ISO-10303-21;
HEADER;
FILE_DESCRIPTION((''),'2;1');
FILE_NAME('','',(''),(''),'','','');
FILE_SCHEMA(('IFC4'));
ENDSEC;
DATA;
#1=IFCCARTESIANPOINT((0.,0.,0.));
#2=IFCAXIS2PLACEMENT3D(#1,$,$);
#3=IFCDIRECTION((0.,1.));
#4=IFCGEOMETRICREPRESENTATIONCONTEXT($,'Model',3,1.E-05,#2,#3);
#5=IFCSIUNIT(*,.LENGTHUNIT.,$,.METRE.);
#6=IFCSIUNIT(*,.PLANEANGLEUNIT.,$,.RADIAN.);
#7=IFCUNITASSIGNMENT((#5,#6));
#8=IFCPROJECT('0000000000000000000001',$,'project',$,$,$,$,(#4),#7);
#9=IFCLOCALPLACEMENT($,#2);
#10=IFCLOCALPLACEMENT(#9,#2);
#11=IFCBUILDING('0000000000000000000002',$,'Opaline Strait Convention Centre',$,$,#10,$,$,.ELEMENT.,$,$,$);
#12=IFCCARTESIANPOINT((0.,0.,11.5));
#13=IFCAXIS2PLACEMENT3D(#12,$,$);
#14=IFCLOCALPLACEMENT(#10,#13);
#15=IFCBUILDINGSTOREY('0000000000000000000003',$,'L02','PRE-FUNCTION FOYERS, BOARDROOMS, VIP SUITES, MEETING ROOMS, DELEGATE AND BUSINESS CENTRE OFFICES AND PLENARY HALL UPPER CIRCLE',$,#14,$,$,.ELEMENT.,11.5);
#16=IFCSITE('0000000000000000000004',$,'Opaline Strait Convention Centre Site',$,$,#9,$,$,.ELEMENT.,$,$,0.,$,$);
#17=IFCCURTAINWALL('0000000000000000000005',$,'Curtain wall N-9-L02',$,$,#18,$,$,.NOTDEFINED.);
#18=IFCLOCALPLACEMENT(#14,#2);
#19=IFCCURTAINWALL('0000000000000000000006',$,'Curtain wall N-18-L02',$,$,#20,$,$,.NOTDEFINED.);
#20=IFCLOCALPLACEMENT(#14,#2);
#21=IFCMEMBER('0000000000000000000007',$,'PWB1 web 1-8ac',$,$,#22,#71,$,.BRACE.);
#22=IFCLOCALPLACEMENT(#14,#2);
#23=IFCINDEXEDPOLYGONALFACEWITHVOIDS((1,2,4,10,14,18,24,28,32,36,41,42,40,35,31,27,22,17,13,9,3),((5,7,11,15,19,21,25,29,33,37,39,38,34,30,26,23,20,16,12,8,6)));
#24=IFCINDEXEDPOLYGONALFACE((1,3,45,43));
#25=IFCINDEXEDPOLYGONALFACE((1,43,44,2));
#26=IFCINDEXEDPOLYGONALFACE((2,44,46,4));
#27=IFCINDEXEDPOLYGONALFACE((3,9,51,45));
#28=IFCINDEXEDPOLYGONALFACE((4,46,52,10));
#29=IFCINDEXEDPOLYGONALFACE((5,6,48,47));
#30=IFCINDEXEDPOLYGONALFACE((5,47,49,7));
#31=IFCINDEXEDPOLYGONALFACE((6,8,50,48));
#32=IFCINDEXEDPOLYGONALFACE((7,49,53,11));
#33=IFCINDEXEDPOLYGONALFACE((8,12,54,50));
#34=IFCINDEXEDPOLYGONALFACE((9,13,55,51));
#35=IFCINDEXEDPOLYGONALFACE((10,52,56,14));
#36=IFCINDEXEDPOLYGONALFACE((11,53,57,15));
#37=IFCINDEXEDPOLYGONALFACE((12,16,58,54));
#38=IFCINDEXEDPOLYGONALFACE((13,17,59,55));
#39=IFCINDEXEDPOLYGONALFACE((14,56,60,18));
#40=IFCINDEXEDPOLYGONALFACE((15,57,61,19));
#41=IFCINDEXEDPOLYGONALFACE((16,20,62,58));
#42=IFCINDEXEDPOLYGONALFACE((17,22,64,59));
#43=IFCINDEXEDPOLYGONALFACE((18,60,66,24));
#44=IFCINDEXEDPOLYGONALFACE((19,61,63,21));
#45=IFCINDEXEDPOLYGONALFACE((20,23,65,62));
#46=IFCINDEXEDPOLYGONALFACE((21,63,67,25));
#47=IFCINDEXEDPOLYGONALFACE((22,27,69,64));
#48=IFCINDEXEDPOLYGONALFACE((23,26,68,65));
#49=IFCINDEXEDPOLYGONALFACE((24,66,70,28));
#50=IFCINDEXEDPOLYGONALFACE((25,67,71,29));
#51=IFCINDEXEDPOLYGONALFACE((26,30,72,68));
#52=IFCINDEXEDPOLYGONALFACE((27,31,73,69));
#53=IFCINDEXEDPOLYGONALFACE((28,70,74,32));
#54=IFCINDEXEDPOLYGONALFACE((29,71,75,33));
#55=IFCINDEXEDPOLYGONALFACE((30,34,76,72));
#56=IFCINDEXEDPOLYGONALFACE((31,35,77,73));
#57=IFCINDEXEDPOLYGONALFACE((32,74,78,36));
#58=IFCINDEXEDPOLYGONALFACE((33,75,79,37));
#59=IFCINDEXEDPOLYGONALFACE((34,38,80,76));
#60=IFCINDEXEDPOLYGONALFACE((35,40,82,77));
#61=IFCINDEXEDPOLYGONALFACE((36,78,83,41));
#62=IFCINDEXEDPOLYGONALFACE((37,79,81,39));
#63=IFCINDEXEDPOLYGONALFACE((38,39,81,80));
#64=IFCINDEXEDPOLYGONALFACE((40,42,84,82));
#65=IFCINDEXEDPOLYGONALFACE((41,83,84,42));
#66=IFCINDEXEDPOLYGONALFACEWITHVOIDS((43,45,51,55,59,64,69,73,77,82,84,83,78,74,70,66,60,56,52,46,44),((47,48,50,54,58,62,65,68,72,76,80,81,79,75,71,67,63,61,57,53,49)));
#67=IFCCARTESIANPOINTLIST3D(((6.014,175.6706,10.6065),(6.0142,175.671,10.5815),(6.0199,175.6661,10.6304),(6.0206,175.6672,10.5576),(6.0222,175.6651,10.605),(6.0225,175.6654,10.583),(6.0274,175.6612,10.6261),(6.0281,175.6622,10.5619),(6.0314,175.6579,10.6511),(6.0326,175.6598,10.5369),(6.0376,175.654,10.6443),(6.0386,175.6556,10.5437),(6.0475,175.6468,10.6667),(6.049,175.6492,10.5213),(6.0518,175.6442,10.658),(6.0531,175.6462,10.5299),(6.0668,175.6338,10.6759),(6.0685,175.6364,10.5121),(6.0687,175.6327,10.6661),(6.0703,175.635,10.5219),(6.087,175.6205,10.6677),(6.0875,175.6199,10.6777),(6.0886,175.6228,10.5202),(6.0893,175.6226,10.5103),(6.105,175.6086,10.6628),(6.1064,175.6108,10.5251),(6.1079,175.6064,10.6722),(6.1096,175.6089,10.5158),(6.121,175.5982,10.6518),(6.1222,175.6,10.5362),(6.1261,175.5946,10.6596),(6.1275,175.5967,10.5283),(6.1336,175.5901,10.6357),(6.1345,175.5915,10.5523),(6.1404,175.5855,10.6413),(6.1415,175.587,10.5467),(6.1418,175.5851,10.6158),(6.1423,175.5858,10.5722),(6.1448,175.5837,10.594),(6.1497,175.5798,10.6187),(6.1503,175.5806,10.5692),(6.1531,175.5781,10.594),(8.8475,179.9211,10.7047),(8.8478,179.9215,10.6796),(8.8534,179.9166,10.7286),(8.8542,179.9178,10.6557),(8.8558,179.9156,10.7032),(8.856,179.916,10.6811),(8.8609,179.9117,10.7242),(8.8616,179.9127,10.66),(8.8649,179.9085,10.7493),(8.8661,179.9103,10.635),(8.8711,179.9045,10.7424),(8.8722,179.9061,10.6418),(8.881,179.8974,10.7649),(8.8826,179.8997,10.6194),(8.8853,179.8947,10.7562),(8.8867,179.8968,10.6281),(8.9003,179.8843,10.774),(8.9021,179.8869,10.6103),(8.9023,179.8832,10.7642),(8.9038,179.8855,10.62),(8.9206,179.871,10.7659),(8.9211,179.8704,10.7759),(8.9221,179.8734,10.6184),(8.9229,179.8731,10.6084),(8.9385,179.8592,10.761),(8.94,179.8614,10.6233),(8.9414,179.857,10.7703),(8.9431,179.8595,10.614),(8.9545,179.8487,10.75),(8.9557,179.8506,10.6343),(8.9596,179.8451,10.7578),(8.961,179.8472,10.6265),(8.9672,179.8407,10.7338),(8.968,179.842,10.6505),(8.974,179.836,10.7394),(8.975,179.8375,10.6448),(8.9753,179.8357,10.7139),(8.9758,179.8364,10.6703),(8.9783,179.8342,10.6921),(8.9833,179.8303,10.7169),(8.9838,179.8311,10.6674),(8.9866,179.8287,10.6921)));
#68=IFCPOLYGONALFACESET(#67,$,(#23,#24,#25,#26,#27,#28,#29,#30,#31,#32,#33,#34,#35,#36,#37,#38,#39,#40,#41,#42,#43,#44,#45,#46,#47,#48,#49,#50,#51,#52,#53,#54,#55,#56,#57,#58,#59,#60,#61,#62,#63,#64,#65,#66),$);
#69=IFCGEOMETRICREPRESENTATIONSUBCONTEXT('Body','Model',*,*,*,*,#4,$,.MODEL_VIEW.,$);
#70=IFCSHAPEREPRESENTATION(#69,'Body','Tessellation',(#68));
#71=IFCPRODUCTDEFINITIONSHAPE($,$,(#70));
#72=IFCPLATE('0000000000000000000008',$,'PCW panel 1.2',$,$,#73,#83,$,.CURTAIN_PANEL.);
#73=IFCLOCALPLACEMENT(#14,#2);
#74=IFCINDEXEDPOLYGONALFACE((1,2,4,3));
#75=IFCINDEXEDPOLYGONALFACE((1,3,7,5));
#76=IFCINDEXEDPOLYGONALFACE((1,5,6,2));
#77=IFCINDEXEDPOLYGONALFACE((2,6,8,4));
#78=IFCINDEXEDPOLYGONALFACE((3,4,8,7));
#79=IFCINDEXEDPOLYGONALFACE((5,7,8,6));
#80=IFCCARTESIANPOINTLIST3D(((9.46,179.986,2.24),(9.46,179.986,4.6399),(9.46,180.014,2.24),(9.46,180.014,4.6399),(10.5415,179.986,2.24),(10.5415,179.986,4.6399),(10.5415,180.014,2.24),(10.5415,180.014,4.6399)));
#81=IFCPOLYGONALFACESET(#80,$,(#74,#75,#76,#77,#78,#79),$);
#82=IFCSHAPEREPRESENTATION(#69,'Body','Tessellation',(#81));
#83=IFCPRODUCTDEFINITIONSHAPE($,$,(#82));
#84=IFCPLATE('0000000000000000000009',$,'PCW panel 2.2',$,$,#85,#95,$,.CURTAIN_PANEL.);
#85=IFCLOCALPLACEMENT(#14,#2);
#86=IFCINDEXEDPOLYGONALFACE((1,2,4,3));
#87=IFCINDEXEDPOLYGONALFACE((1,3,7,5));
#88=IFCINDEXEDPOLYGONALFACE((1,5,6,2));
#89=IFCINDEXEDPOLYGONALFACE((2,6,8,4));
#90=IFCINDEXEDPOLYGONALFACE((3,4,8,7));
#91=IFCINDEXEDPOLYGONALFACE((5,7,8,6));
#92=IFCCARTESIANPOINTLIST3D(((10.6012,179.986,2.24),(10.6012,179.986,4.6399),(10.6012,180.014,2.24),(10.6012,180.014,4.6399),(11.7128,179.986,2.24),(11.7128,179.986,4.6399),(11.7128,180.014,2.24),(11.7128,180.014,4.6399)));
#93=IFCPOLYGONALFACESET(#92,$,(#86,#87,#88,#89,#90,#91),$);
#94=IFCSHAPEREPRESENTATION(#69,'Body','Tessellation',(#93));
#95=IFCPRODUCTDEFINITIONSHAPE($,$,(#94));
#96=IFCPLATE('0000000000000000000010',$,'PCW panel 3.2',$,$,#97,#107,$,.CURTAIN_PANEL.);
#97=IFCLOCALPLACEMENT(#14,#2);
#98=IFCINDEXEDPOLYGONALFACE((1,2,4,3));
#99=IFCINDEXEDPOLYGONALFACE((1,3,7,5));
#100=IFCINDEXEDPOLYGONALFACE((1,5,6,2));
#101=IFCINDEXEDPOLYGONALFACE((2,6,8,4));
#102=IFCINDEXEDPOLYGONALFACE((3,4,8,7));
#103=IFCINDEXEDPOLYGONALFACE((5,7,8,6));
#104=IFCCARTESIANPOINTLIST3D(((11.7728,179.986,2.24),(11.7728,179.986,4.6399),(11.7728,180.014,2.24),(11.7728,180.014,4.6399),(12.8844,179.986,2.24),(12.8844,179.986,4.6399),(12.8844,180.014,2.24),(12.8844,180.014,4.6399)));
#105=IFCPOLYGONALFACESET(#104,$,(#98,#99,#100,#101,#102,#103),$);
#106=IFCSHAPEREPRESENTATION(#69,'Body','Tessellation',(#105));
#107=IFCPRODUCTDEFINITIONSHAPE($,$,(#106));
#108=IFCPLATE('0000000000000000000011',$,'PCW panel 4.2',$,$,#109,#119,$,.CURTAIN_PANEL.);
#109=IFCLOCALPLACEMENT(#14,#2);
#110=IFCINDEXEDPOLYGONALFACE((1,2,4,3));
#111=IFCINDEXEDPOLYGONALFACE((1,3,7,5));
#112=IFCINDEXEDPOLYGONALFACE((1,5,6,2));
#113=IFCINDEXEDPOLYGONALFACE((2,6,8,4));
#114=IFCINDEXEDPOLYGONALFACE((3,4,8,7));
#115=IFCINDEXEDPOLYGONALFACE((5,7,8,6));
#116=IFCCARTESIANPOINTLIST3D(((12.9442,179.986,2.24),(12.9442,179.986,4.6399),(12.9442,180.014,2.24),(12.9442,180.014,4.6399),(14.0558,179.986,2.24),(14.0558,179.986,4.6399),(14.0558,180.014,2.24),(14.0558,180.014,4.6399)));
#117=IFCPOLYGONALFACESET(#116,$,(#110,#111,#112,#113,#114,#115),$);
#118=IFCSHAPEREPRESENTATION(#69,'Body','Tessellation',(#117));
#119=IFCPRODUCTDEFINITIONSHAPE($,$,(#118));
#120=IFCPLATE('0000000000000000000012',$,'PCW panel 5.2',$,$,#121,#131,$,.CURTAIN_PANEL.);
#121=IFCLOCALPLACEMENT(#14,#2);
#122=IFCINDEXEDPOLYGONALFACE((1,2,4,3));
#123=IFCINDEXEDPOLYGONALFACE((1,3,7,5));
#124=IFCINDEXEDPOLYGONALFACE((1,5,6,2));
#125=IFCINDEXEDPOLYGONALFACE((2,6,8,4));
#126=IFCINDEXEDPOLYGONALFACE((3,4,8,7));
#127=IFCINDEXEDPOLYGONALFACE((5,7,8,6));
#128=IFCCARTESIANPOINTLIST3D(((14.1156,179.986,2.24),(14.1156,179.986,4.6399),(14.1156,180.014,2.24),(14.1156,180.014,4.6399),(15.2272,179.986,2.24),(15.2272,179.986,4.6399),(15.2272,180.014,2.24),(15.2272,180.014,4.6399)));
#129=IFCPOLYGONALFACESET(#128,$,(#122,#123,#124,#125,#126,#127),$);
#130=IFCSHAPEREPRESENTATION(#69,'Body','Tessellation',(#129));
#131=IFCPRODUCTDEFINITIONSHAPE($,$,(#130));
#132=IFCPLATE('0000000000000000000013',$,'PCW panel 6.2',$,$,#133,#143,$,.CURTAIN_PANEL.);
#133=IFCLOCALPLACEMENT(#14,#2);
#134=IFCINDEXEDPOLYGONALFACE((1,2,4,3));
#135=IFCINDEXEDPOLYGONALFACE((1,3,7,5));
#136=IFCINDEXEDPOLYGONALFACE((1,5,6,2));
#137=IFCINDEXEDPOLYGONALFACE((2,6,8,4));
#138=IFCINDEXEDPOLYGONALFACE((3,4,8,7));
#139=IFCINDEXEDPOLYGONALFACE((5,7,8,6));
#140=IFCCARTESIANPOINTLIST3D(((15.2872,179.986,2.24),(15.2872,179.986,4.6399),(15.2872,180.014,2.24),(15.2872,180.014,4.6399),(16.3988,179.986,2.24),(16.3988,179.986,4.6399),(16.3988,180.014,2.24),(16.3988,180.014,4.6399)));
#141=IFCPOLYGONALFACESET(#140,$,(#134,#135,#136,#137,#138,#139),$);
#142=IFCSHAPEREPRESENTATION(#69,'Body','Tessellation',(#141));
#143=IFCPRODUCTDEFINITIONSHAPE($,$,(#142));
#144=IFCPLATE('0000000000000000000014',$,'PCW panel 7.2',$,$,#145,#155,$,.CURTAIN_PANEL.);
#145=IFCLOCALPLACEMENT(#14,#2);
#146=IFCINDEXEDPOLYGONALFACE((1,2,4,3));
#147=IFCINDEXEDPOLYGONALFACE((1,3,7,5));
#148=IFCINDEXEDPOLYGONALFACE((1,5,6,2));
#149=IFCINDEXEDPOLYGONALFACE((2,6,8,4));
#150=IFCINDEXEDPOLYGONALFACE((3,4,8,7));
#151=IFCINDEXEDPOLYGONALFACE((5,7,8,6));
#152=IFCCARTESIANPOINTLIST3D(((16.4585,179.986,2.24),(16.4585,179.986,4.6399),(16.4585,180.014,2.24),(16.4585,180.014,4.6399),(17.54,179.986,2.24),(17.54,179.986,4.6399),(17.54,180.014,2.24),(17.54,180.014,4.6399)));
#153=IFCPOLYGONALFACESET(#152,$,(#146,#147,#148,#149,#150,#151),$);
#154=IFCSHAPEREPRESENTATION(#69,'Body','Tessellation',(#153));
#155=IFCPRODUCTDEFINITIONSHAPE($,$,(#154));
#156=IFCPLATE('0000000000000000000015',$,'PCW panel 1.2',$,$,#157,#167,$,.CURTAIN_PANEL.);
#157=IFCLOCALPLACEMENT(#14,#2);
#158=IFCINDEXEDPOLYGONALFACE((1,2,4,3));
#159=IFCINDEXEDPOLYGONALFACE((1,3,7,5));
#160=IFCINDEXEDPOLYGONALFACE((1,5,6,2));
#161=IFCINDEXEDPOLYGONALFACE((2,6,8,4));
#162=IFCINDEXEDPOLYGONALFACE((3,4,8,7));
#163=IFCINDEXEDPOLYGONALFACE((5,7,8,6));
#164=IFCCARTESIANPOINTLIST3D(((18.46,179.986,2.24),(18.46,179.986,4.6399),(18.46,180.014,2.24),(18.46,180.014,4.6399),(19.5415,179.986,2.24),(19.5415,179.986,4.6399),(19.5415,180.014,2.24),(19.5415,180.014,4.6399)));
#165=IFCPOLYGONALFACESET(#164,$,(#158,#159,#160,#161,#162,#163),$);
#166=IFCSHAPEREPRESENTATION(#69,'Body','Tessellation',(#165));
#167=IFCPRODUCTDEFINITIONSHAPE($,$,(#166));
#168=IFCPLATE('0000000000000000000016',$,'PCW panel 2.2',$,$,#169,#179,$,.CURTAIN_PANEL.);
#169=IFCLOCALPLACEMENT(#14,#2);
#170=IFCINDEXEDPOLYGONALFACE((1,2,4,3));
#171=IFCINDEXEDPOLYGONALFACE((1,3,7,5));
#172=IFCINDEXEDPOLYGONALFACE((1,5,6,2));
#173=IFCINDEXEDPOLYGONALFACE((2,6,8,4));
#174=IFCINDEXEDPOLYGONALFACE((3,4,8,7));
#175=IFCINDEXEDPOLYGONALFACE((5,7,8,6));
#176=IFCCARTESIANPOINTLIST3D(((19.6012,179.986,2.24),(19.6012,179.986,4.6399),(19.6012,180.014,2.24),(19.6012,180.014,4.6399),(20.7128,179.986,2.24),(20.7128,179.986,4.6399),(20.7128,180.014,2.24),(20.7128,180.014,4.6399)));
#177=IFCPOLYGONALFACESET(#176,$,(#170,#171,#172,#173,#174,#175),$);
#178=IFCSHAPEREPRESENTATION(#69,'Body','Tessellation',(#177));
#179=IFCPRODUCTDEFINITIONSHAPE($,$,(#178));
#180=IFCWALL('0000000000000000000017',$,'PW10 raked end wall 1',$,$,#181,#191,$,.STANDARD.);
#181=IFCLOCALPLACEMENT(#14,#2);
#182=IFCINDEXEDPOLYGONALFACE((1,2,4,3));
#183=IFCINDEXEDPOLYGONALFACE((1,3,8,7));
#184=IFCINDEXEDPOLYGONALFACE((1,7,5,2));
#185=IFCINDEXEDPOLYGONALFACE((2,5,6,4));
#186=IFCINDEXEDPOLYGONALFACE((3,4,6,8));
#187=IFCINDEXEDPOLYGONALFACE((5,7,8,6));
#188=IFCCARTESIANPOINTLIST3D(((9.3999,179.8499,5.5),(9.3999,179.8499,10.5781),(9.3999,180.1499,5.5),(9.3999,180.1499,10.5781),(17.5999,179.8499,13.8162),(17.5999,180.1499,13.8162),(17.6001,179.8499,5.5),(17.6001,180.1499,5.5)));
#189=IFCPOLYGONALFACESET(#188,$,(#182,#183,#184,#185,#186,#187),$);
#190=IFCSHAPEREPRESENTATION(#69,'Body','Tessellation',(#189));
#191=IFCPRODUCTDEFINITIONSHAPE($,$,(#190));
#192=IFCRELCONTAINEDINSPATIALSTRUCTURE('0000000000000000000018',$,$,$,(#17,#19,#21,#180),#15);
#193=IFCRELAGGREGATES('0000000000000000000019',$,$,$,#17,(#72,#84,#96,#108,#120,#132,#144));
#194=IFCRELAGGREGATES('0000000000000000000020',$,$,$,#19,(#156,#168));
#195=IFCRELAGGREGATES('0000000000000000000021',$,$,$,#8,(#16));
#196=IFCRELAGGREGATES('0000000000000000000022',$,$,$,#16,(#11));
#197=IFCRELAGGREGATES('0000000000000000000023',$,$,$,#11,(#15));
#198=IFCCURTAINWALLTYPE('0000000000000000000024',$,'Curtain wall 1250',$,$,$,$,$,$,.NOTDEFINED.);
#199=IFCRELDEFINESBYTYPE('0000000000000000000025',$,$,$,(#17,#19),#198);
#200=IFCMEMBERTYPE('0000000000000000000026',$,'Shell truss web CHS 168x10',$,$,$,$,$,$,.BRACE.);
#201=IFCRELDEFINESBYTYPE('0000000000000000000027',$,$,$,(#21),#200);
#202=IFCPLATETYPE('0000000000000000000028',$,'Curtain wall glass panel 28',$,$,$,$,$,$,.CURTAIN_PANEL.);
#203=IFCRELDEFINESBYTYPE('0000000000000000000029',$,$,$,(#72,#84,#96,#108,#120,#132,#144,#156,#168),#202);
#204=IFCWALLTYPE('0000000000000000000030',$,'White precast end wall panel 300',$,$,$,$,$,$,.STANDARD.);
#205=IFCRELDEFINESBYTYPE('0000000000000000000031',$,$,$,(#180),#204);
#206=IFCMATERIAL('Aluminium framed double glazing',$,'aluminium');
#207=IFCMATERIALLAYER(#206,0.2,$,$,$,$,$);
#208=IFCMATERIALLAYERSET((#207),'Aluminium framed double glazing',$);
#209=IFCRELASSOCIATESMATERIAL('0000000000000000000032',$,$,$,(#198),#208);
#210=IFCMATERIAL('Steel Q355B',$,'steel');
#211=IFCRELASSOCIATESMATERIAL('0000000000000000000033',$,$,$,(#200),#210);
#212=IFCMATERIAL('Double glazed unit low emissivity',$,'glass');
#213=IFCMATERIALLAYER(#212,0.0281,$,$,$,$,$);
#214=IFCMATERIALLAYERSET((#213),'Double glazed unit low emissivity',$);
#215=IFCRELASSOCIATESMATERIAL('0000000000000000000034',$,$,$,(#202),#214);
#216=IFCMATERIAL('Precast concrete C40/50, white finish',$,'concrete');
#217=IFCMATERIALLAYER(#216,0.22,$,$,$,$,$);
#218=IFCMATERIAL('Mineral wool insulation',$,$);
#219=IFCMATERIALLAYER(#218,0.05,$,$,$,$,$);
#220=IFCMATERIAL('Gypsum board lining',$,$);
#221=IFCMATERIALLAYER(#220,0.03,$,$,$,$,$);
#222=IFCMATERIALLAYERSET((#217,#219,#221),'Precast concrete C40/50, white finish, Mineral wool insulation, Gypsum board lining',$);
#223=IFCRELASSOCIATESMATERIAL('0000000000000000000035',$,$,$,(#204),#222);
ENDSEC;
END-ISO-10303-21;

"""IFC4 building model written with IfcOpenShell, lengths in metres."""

from ifc_helpers import new_model, si_unit, direction, frame, origin, origin_2d, place, context, subcontext, project, spatial, polyline, rectangle, hollow_circle, outline, extrude, material, layer, layer_set, material_profile, profile_set, type_object, element, aggregate, save


model = new_model("IFC4")

# Units and contexts
model_context = context("Model", 3, precision=1e-05, world=origin(), true_north=direction((0.0, 1.0)))
body_context = subcontext(model_context, "Body", "Model", "MODEL_VIEW")
ifc_project = project(units=[si_unit("LENGTHUNIT", "METRE"), si_unit("PLANEANGLEUNIT", "RADIAN")], contexts=[model_context])

# Site, building, storey
site_placement = place(None, origin())
site = spatial("IfcSite", under=ifc_project, at=site_placement, Name="Opaline Strait Convention Centre Site", CompositionType="ELEMENT", RefElevation=0.0)
building_placement = place(site_placement, origin())
building = spatial("IfcBuilding", under=site, at=building_placement, Name="Opaline Strait Convention Centre", CompositionType="ELEMENT")
storey_placement = place(building_placement, frame((0.0, 0.0, 11.5)))
storey = spatial("IfcBuildingStorey", under=building, at=storey_placement, Name="L02", Description="PRE-FUNCTION FOYERS, BOARDROOMS, VIP SUITES, MEETING ROOMS, DELEGATE AND BUSINESS CENTRE OFFICES AND PLENARY HALL UPPER CIRCLE", CompositionType="ELEMENT", Elevation=11.5)

# Curtain walls
ifc_material_1 = material(Name="Aluminium framed double glazing", Category="aluminium")
ifc_layer_1 = layer(ifc_material_1, 0.2)
ifc_layer_set_1 = layer_set([ifc_layer_1], Name="Aluminium framed double glazing")
curtain_wall_type = type_object("IfcCurtainWallType", Name="Curtain wall 1250", PredefinedType="NOTDEFINED", material=ifc_layer_set_1)
curtain_wall_1_placement = place(storey_placement, origin())
curtain_wall_1 = element("IfcCurtainWall", 1, at=curtain_wall_1_placement, inside=storey, type_object=curtain_wall_type, Name="Curtain wall N-9-L02", PredefinedType="NOTDEFINED")
curtain_wall_2_placement = place(storey_placement, origin())
curtain_wall_2 = element("IfcCurtainWall", 2, at=curtain_wall_2_placement, inside=storey, type_object=curtain_wall_type, Name="Curtain wall N-18-L02", PredefinedType="NOTDEFINED")

# Member
ifc_material_2 = material(Name="Steel Q355B", Category="steel")
ifc_material_profile_1 = material_profile(ifc_material_2, hollow_circle(Radius=0.084, WallThickness=0.01, at=origin_2d()), Name="CHS 168x10")
ifc_profile_set_1 = profile_set([ifc_material_profile_1], Name="Steel Q355B")
member_type_1 = type_object("IfcMemberType", Name="Shell truss web CHS 168x10", PredefinedType="BRACE", material=ifc_profile_set_1)
member_1_placement = place(storey_placement, frame((8.9167, 179.8752, 10.6921), z_axis=(-0.554576, -0.831911, -0.019209), x_axis=(0.832065, -0.554678, 0.0)))
element("IfcMember", 3, at=member_1_placement, inside=storey, type_object=member_type_1, Name="PWB1 web 1-8ac", PredefinedType="BRACE", context=body_context, shape_type="SweptSolid", body=[
    extrude(hollow_circle(Radius=0.084, WallThickness=0.01, at=origin_2d()), origin(), (0.0, 0.0, 1.0), 5.1094),
])

# Plates
ifc_material_3 = material(Name="Double glazed unit low emissivity", Category="glass")
ifc_layer_2 = layer(ifc_material_3, 0.0281)
ifc_layer_set_2 = layer_set([ifc_layer_2], Name="Double glazed unit low emissivity")
plate_type = type_object("IfcPlateType", Name="Curtain wall glass panel 28", PredefinedType="CURTAIN_PANEL", material=ifc_layer_set_2)
plate_1_placement = place(storey_placement, frame((10.0007, 180.0, 2.24), z_axis=(0.0, 0.0, 1.0), x_axis=(1.0, 0.0, 0.0)))
plate_1 = element("IfcPlate", 4, at=plate_1_placement, type_object=plate_type, Name="PCW panel 1.2", PredefinedType="CURTAIN_PANEL", context=body_context, shape_type="SweptSolid", body=[
    extrude(rectangle(XDim=1.0815, YDim=0.0281, at=origin_2d()), origin(), (0.0, 0.0, 1.0), 2.3999),
])
plate_2_placement = place(storey_placement, frame((11.157, 180.0, 2.24), z_axis=(0.0, 0.0, 1.0), x_axis=(1.0, 0.0, 0.0)))
plate_2 = element("IfcPlate", 5, at=plate_2_placement, type_object=plate_type, Name="PCW panel 2.2", PredefinedType="CURTAIN_PANEL", context=body_context, shape_type="SweptSolid", body=[
    extrude(rectangle(XDim=1.1116, YDim=0.0281, at=origin_2d()), origin(), (0.0, 0.0, 1.0), 2.3999),
])
plate_3_placement = place(storey_placement, frame((12.3286, 180.0, 2.24), z_axis=(0.0, 0.0, 1.0), x_axis=(1.0, 0.0, 0.0)))
plate_3 = element("IfcPlate", 6, at=plate_3_placement, type_object=plate_type, Name="PCW panel 3.2", PredefinedType="CURTAIN_PANEL", context=body_context, shape_type="SweptSolid", body=[
    extrude(rectangle(XDim=1.1116, YDim=0.0281, at=origin_2d()), origin(), (0.0, 0.0, 1.0), 2.3999),
])
plate_4_placement = place(storey_placement, frame((13.5, 180.0, 2.24), z_axis=(0.0, 0.0, 1.0), x_axis=(1.0, 0.0, 0.0)))
plate_4 = element("IfcPlate", 7, at=plate_4_placement, type_object=plate_type, Name="PCW panel 4.2", PredefinedType="CURTAIN_PANEL", context=body_context, shape_type="SweptSolid", body=[
    extrude(rectangle(XDim=1.1116, YDim=0.0281, at=origin_2d()), origin(), (0.0, 0.0, 1.0), 2.3999),
])
plate_5_placement = place(storey_placement, frame((14.6714, 180.0, 2.24), z_axis=(0.0, 0.0, 1.0), x_axis=(1.0, 0.0, 0.0)))
plate_5 = element("IfcPlate", 8, at=plate_5_placement, type_object=plate_type, Name="PCW panel 5.2", PredefinedType="CURTAIN_PANEL", context=body_context, shape_type="SweptSolid", body=[
    extrude(rectangle(XDim=1.1116, YDim=0.0281, at=origin_2d()), origin(), (0.0, 0.0, 1.0), 2.3999),
])
plate_6_placement = place(storey_placement, frame((15.843, 180.0, 2.24), z_axis=(0.0, 0.0, 1.0), x_axis=(1.0, 0.0, 0.0)))
plate_6 = element("IfcPlate", 9, at=plate_6_placement, type_object=plate_type, Name="PCW panel 6.2", PredefinedType="CURTAIN_PANEL", context=body_context, shape_type="SweptSolid", body=[
    extrude(rectangle(XDim=1.1116, YDim=0.0281, at=origin_2d()), origin(), (0.0, 0.0, 1.0), 2.3999),
])
plate_7_placement = place(storey_placement, frame((16.9993, 180.0, 2.24), z_axis=(0.0, 0.0, 1.0), x_axis=(1.0, 0.0, 0.0)))
plate_7 = element("IfcPlate", 10, at=plate_7_placement, type_object=plate_type, Name="PCW panel 7.2", PredefinedType="CURTAIN_PANEL", context=body_context, shape_type="SweptSolid", body=[
    extrude(rectangle(XDim=1.0815, YDim=0.0281, at=origin_2d()), origin(), (0.0, 0.0, 1.0), 2.3999),
])
aggregate(curtain_wall_1, [plate_1, plate_2, plate_3, plate_4, plate_5, plate_6, plate_7])
plate_8_placement = place(storey_placement, frame((19.0007, 180.0, 2.24), z_axis=(0.0, 0.0, 1.0), x_axis=(1.0, 0.0, 0.0)))
plate_8 = element("IfcPlate", 11, at=plate_8_placement, type_object=plate_type, Name="PCW panel 1.2", PredefinedType="CURTAIN_PANEL", context=body_context, shape_type="SweptSolid", body=[
    extrude(rectangle(XDim=1.0815, YDim=0.0281, at=origin_2d()), origin(), (0.0, 0.0, 1.0), 2.3999),
])
plate_9_placement = place(storey_placement, frame((20.157, 180.0, 2.24), z_axis=(0.0, 0.0, 1.0), x_axis=(1.0, 0.0, 0.0)))
plate_9 = element("IfcPlate", 12, at=plate_9_placement, type_object=plate_type, Name="PCW panel 2.2", PredefinedType="CURTAIN_PANEL", context=body_context, shape_type="SweptSolid", body=[
    extrude(rectangle(XDim=1.1116, YDim=0.0281, at=origin_2d()), origin(), (0.0, 0.0, 1.0), 2.3999),
])
aggregate(curtain_wall_2, [plate_8, plate_9])

# Wall
ifc_material_4 = material(Name="Precast concrete C40/50, white finish", Category="concrete")
ifc_layer_3 = layer(ifc_material_4, 0.22)
ifc_material_5 = material(Name="Mineral wool insulation")
ifc_layer_4 = layer(ifc_material_5, 0.05)
ifc_material_6 = material(Name="Gypsum board lining")
ifc_layer_5 = layer(ifc_material_6, 0.03)
ifc_layer_set_3 = layer_set([ifc_layer_3, ifc_layer_4, ifc_layer_5], Name="Precast concrete C40/50, white finish, Mineral wool insulation, Gypsum board lining")
wall_type = type_object("IfcWallType", Name="White precast end wall panel 300", PredefinedType="STANDARD", material=ifc_layer_set_3)
wall_1_placement = place(storey_placement, frame((9.3999, 180.0, 5.5), z_axis=(0.0, 0.0, 1.0), x_axis=(1.0, 0.0, 0.0)))
element("IfcWall", 13, at=wall_1_placement, inside=storey, type_object=wall_type, Name="PW10 raked end wall 1", PredefinedType="STANDARD", context=body_context, shape_type="SweptSolid", body=[
    extrude(outline(polyline([(0.0, 0.0), (8.2002, 0.0), (8.2, 8.3162), (0.0, 5.0781), (0.0, 0.0)])), frame((0.0, 0.1499, 0.0), z_axis=(0.0, -1.0, 0.0), x_axis=(1.0, 0.0, 0.0)), (0.0, 0.0, 1.0), 0.3),
])

save(model, "model.ifc")
